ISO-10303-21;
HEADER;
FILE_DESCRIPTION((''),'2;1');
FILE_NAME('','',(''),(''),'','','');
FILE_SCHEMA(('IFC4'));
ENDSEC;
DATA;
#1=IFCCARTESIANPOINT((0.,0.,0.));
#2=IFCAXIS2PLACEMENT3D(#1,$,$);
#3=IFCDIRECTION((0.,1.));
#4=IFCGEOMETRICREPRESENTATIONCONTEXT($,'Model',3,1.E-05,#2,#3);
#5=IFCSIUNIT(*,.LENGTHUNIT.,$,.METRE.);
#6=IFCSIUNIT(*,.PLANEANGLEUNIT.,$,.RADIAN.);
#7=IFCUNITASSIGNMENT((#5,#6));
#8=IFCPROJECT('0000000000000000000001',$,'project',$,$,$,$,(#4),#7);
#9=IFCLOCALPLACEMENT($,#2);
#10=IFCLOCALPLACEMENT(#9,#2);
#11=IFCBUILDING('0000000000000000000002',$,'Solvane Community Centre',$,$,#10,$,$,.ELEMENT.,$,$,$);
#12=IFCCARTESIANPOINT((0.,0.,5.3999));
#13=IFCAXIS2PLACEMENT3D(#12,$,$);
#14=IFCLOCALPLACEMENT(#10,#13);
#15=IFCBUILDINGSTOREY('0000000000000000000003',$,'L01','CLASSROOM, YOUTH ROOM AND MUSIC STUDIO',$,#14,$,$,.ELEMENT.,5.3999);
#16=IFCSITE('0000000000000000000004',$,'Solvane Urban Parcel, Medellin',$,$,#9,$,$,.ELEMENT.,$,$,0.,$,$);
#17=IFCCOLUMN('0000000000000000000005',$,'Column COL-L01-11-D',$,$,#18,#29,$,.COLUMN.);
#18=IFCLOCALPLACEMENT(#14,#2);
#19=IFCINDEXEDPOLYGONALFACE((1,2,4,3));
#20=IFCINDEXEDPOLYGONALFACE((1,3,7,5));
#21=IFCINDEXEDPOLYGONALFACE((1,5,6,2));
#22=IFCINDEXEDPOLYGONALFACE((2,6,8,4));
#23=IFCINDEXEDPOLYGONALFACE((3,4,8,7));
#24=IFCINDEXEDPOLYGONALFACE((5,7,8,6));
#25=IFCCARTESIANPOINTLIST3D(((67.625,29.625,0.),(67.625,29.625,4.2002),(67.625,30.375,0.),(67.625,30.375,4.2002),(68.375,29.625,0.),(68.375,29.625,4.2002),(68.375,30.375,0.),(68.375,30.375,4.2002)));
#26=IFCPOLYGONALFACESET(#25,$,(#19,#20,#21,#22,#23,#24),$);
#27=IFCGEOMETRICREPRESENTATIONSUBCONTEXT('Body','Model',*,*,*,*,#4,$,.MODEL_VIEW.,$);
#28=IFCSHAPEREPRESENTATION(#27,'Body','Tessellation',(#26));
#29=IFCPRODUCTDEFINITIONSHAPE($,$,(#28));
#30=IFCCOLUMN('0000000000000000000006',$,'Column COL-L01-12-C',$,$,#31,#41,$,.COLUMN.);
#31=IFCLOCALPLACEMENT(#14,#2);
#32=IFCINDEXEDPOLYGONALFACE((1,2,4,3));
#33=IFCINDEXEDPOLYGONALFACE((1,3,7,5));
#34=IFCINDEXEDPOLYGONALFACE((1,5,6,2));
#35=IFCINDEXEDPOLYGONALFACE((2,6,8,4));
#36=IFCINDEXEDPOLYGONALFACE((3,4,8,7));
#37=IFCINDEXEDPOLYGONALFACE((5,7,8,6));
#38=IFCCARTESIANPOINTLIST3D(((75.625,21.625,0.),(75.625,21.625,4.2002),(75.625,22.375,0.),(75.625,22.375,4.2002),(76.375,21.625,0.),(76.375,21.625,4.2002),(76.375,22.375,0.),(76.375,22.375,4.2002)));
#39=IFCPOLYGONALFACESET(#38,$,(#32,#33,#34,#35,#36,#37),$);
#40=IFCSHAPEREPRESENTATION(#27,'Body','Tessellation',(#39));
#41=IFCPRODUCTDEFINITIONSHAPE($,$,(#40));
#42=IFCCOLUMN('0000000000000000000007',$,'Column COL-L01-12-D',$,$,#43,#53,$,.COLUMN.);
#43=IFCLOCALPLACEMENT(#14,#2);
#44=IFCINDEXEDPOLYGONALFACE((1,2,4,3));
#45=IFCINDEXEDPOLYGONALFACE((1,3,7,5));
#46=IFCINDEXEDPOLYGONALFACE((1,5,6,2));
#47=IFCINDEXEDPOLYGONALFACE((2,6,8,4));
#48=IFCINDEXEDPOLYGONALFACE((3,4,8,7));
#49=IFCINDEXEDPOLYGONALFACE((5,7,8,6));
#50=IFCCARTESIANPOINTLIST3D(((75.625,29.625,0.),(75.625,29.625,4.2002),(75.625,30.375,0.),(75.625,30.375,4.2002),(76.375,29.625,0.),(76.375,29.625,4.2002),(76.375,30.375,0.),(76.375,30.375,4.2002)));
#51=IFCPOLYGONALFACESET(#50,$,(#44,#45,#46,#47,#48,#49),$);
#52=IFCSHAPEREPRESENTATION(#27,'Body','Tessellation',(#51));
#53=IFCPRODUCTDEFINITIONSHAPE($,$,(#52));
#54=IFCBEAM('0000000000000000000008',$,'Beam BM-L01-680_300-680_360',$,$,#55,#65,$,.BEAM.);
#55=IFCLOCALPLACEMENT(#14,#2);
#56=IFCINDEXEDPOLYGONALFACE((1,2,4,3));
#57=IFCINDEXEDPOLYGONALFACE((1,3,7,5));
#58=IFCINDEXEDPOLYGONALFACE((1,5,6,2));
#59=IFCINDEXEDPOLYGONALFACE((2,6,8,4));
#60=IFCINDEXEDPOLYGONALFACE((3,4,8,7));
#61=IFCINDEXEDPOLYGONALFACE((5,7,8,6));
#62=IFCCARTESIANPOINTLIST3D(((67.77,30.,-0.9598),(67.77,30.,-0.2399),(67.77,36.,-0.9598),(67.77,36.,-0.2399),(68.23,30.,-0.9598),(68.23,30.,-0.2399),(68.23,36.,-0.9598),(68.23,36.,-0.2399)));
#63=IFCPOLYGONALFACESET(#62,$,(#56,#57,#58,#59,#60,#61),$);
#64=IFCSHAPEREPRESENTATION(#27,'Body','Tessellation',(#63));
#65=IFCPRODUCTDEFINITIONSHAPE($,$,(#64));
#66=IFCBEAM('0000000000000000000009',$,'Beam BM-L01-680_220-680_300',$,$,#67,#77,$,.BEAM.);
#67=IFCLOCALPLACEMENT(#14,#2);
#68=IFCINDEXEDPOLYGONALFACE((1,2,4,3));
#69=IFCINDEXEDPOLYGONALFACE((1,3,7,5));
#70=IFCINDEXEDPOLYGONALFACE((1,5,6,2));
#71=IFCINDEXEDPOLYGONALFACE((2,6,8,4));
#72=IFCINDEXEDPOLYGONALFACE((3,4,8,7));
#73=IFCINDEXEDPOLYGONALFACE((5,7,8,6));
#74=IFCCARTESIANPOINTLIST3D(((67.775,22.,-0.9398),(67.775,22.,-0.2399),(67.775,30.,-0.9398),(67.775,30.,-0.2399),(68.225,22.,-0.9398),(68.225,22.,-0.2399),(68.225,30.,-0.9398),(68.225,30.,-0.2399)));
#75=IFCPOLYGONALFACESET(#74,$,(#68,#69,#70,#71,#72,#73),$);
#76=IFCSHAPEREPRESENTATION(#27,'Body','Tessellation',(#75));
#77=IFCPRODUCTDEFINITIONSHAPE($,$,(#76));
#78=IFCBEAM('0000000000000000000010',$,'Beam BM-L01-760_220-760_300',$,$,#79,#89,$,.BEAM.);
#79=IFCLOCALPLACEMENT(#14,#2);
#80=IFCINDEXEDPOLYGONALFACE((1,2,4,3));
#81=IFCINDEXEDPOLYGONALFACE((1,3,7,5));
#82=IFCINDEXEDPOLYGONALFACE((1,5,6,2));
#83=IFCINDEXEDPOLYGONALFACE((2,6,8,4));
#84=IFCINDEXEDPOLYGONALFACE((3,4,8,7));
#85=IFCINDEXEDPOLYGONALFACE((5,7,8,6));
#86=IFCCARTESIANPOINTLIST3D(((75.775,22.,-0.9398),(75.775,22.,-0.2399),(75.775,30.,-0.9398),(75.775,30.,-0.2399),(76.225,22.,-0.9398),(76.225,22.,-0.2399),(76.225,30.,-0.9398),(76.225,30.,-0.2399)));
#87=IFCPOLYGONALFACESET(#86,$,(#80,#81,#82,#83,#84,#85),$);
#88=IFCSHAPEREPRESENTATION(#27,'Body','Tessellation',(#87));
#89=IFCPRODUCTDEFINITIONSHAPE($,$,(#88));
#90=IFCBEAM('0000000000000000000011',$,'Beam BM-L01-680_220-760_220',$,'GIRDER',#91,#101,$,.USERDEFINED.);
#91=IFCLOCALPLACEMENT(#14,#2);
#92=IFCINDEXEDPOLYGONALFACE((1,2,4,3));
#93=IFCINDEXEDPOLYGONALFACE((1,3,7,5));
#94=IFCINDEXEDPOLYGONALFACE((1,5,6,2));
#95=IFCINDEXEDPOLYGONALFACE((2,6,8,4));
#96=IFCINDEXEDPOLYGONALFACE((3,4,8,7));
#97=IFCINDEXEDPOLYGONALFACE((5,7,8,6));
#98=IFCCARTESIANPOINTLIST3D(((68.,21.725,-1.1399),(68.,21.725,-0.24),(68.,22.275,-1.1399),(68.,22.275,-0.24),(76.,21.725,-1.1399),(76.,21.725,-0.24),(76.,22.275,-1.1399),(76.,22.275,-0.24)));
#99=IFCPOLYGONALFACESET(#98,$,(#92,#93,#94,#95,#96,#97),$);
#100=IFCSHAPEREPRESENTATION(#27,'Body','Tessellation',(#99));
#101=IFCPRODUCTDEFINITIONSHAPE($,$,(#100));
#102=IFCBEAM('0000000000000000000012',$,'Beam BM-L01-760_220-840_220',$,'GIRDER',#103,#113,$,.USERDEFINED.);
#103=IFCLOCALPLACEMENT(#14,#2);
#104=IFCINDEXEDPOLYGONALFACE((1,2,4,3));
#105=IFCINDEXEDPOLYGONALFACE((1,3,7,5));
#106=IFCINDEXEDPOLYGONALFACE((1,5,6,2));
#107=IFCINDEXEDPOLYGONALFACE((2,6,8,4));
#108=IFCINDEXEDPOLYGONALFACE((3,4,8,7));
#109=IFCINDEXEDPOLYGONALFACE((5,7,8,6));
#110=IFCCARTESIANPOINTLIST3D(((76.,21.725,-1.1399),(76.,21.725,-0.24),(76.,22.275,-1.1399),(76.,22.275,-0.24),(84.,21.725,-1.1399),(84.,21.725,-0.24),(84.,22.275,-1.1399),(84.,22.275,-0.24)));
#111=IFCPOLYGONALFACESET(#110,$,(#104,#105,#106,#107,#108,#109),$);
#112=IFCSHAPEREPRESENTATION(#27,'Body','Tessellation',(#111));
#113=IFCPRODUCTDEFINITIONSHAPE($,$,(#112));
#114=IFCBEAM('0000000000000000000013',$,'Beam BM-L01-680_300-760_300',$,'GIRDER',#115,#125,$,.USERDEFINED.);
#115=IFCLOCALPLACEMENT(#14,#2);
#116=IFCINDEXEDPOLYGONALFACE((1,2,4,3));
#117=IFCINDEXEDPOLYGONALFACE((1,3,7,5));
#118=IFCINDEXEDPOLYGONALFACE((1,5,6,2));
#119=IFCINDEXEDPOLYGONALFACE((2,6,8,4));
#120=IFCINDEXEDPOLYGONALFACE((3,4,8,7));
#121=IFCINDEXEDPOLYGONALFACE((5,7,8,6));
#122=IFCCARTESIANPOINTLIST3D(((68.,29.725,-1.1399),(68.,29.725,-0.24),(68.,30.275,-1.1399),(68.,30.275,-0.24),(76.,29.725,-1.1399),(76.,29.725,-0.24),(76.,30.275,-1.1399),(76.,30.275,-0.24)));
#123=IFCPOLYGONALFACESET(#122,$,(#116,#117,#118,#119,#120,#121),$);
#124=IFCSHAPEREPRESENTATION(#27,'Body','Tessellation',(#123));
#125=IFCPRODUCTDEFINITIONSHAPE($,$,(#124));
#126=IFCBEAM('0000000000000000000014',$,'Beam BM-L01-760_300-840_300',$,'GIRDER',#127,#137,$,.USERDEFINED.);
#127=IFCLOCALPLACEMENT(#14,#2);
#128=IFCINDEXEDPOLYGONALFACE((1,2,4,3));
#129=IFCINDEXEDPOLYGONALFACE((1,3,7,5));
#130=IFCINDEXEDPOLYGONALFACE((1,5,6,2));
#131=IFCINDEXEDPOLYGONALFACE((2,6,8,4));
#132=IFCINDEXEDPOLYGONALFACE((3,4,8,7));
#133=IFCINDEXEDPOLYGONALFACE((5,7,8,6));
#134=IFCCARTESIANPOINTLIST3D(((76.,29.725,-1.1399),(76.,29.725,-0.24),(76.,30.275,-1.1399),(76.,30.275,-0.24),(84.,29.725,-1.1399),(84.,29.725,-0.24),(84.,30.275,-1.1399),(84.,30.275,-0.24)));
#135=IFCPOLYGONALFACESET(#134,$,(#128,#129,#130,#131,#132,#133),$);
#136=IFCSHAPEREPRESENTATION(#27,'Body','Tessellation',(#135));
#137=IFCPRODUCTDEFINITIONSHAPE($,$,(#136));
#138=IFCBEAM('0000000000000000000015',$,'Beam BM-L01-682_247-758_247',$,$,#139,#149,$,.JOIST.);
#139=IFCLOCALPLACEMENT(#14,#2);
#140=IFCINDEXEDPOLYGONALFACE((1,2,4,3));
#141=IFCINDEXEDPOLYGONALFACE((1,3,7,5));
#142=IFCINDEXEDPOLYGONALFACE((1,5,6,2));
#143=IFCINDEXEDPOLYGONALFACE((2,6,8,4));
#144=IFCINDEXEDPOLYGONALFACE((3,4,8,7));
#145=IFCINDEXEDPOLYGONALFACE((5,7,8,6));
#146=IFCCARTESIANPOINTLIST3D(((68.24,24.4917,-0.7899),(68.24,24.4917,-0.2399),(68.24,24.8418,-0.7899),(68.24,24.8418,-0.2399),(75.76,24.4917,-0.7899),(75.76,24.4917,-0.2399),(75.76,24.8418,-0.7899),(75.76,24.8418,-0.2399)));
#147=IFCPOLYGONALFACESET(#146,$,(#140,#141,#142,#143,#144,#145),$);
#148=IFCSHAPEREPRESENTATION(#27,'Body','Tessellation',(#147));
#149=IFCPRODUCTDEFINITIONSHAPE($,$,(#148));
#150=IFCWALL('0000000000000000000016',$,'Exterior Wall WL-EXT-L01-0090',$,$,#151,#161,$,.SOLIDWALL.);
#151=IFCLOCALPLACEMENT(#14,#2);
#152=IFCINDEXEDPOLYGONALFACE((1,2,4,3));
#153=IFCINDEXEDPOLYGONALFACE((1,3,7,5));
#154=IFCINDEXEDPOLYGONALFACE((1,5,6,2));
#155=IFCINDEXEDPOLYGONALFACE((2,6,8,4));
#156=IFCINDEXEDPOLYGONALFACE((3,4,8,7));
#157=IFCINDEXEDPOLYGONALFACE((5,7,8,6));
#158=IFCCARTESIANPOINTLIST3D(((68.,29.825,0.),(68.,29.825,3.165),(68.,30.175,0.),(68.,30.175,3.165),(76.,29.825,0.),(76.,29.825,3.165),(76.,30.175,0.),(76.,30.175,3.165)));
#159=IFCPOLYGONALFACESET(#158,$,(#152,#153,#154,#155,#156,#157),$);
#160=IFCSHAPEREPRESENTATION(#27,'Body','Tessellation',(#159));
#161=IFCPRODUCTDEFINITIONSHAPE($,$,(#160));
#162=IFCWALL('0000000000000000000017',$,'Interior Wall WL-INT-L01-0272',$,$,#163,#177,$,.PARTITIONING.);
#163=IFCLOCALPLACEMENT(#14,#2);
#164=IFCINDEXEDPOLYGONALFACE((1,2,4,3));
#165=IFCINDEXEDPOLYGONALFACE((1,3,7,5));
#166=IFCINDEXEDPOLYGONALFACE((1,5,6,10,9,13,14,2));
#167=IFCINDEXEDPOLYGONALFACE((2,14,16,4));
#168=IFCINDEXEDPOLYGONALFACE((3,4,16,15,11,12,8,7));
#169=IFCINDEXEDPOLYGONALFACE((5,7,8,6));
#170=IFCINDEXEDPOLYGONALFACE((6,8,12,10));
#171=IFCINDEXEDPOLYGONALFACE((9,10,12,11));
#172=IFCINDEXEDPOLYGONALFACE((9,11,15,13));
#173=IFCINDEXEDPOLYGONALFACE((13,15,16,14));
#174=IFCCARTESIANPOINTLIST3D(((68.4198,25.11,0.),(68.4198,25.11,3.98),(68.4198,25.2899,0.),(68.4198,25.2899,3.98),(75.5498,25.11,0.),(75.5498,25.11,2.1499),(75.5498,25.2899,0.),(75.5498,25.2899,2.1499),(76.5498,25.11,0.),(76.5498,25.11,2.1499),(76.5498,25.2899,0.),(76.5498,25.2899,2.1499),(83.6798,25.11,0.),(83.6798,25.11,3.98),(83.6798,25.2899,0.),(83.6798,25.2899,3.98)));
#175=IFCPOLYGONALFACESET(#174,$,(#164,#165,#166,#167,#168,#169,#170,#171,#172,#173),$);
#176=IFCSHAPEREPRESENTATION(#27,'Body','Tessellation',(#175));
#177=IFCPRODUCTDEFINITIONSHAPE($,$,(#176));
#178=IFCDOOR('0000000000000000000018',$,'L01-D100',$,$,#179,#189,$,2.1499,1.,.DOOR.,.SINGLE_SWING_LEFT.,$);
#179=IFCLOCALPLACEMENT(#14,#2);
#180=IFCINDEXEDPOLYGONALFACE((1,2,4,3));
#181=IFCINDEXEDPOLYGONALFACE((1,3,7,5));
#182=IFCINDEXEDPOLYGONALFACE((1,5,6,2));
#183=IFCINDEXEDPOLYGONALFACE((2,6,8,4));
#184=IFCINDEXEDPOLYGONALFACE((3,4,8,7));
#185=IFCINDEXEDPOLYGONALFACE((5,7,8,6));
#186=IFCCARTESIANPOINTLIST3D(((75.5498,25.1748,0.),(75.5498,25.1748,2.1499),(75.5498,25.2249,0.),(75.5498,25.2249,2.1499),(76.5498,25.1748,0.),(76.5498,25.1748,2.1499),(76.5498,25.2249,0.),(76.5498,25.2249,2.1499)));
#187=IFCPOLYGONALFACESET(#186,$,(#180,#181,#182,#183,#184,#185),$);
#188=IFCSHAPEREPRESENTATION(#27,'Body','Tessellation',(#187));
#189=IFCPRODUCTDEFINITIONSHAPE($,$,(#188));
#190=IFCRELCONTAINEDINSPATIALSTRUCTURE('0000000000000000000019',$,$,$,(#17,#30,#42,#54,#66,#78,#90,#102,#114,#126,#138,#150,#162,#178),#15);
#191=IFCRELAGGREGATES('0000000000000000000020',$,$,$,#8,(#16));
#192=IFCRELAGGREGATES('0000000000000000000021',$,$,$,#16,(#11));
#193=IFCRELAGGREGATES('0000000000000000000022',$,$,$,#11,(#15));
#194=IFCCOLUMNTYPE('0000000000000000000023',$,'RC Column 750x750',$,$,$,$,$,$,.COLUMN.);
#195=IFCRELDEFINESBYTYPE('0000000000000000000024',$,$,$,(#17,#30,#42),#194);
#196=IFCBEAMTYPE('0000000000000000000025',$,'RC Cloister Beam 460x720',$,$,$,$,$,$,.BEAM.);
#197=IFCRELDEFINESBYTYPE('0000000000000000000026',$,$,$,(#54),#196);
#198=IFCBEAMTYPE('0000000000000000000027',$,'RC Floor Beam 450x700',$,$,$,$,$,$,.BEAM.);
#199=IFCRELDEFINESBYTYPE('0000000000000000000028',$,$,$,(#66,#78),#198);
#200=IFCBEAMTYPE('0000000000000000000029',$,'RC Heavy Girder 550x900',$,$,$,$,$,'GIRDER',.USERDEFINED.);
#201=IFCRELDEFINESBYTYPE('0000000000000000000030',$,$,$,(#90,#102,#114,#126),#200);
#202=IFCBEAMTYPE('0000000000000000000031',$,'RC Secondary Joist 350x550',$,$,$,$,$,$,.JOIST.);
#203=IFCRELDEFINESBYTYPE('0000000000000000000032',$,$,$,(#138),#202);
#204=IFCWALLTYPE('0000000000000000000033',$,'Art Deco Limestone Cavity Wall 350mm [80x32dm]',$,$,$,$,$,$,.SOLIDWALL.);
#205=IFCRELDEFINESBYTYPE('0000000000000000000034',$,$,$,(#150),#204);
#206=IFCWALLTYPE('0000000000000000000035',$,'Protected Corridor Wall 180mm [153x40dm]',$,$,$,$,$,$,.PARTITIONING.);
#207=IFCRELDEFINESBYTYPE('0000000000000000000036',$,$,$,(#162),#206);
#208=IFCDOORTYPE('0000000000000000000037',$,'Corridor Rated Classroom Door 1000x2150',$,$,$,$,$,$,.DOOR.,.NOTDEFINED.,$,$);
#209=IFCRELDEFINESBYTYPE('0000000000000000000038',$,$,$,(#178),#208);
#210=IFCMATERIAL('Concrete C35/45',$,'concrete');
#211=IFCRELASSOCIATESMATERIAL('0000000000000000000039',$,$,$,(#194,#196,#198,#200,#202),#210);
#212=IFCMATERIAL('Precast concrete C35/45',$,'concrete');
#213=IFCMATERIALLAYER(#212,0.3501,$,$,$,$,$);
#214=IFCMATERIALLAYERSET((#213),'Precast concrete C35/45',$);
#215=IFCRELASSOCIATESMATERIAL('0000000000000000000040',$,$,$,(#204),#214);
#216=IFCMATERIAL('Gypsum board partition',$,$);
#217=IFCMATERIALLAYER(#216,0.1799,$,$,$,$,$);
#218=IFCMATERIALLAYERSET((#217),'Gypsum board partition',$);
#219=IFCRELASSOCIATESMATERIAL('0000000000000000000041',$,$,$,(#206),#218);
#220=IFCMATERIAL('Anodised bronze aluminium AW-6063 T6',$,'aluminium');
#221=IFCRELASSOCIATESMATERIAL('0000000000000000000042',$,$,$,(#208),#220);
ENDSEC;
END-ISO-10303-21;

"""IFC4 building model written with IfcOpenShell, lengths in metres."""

from ifc_helpers import new_model, si_unit, direction, frame, frame_2d, origin, origin_2d, place, context, subcontext, project, spatial, rectangle, extrude, material, layer, layer_set, material_profile, profile_set, type_object, element, fill, save


model = new_model("IFC4")

# Units and contexts
model_context = context("Model", 3, precision=1e-05, world=origin(), true_north=direction((0.0, 1.0)))
body_context = subcontext(model_context, "Body", "Model", "MODEL_VIEW")
ifc_project = project(units=[si_unit("LENGTHUNIT", "METRE"), si_unit("PLANEANGLEUNIT", "RADIAN")], contexts=[model_context])

# Site, building, storey
site_placement = place(None, origin())
site = spatial("IfcSite", under=ifc_project, at=site_placement, Name="Solvane Urban Parcel, Medellin", CompositionType="ELEMENT", RefElevation=0.0)
building_placement = place(site_placement, origin())
building = spatial("IfcBuilding", under=site, at=building_placement, Name="Solvane Community Centre", CompositionType="ELEMENT")
storey_placement = place(building_placement, frame((0.0, 0.0, 5.3999)))
storey = spatial("IfcBuildingStorey", under=building, at=storey_placement, Name="L01", Description="CLASSROOM, YOUTH ROOM AND MUSIC STUDIO", CompositionType="ELEMENT", Elevation=5.3999)

# Columns
ifc_material_1 = material(Name="Concrete C35/45", Category="concrete")
ifc_material_profile_1 = material_profile(ifc_material_1, rectangle(XDim=0.75, YDim=0.75, at=origin_2d()), Name="RC 750x750")
ifc_profile_set_1 = profile_set([ifc_material_profile_1], Name="Concrete C35/45")
column_type = type_object("IfcColumnType", Name="RC Column 750x750", PredefinedType="COLUMN", material=ifc_profile_set_1)
for number, where, z_axis, x_axis, name in (
    (1, (68.0, 30.0, 0.0), (0.0, 0.0, 1.0), (1.0, 0.0, 0.0), "Column COL-L01-11-D"),
    (2, (76.0, 22.0, 0.0), (0.0, 0.0, 1.0), (1.0, 0.0, 0.0), "Column COL-L01-12-C"),
    (3, (76.0, 30.0, 0.0), (0.0, 0.0, 1.0), (1.0, 0.0, 0.0), "Column COL-L01-12-D"),
):
    element("IfcColumn", number, at=place(storey_placement, frame(where, z_axis=z_axis, x_axis=x_axis)), inside=storey, type_object=column_type, Name=name, PredefinedType="COLUMN", context=body_context, shape_type="SweptSolid", body=[
        extrude(rectangle(XDim=0.75, YDim=0.75, at=origin_2d()), origin(), (0.0, 0.0, 1.0), 4.2002),
    ])

# Beams
ifc_material_profile_2 = material_profile(ifc_material_1, rectangle(XDim=0.46, YDim=0.72, at=origin_2d()), Name="RC 460x720")
ifc_profile_set_2 = profile_set([ifc_material_profile_2], Name="Concrete C35/45")
beam_type_1 = type_object("IfcBeamType", Name="RC Cloister Beam 460x720", PredefinedType="BEAM", material=ifc_profile_set_2)
beam_1_placement = place(storey_placement, frame((68.0, 30.0, -0.5999), z_axis=(0.0, 1.0, 0.0), x_axis=(-1.0, 0.0, 0.0)))
element("IfcBeam", 4, at=beam_1_placement, inside=storey, type_object=beam_type_1, Name="Beam BM-L01-680_300-680_360", PredefinedType="BEAM", context=body_context, shape_type="SweptSolid", body=[
    extrude(rectangle(XDim=0.46, YDim=0.72, at=origin_2d()), origin(), (0.0, 0.0, 1.0), 6.0),
])
ifc_material_profile_3 = material_profile(ifc_material_1, rectangle(XDim=0.45, YDim=0.7, at=origin_2d()), Name="RC 450x700")
ifc_profile_set_3 = profile_set([ifc_material_profile_3], Name="Concrete C35/45")
beam_type_2 = type_object("IfcBeamType", Name="RC Floor Beam 450x700", PredefinedType="BEAM", material=ifc_profile_set_3)
for number, where, z_axis, x_axis, name in (
    (5, (68.0, 22.0, -0.5898), (0.0, 1.0, 0.0), (-1.0, 0.0, 0.0), "Beam BM-L01-680_220-680_300"),
    (6, (76.0, 22.0, -0.5898), (0.0, 1.0, 0.0), (-1.0, 0.0, 0.0), "Beam BM-L01-760_220-760_300"),
):
    element("IfcBeam", number, at=place(storey_placement, frame(where, z_axis=z_axis, x_axis=x_axis)), inside=storey, type_object=beam_type_2, Name=name, PredefinedType="BEAM", context=body_context, shape_type="SweptSolid", body=[
        extrude(rectangle(XDim=0.45, YDim=0.7, at=origin_2d()), origin(), (0.0, 0.0, 1.0), 8.0),
    ])
ifc_material_profile_4 = material_profile(ifc_material_1, rectangle(XDim=0.55, YDim=0.8999, at=origin_2d()), Name="RC 550x900")
ifc_profile_set_4 = profile_set([ifc_material_profile_4], Name="Concrete C35/45")
beam_type_3 = type_object("IfcBeamType", Name="RC Heavy Girder 550x900", ElementType="GIRDER", PredefinedType="USERDEFINED", material=ifc_profile_set_4)
for number, where, z_axis, x_axis, name in (
    (7, (68.0, 22.0, -0.6899), (1.0, 0.0, 0.0), (0.0, 1.0, 0.0), "Beam BM-L01-680_220-760_220"),
    (8, (76.0, 22.0, -0.6899), (1.0, 0.0, 0.0), (0.0, 1.0, 0.0), "Beam BM-L01-760_220-840_220"),
    (9, (68.0, 30.0, -0.6899), (1.0, 0.0, 0.0), (0.0, 1.0, 0.0), "Beam BM-L01-680_300-760_300"),
    (10, (76.0, 30.0, -0.6899), (1.0, 0.0, 0.0), (0.0, 1.0, 0.0), "Beam BM-L01-760_300-840_300"),
):
    element("IfcBeam", number, at=place(storey_placement, frame(where, z_axis=z_axis, x_axis=x_axis)), inside=storey, type_object=beam_type_3, Name=name, ObjectType="GIRDER", PredefinedType="USERDEFINED", context=body_context, shape_type="SweptSolid", body=[
        extrude(rectangle(XDim=0.55, YDim=0.8999, at=origin_2d()), origin(), (0.0, 0.0, 1.0), 8.0),
    ])
ifc_material_profile_5 = material_profile(ifc_material_1, rectangle(XDim=0.3501, YDim=0.55, at=origin_2d()), Name="RC 350x550")
ifc_profile_set_5 = profile_set([ifc_material_profile_5], Name="Concrete C35/45")
beam_type_4 = type_object("IfcBeamType", Name="RC Secondary Joist 350x550", PredefinedType="JOIST", material=ifc_profile_set_5)
beam_2_placement = place(storey_placement, frame((68.24, 24.6667, -0.5149), z_axis=(1.0, 0.0, 0.0), x_axis=(0.0, 1.0, 0.0)))
element("IfcBeam", 11, at=beam_2_placement, inside=storey, type_object=beam_type_4, Name="Beam BM-L01-682_247-758_247", PredefinedType="JOIST", context=body_context, shape_type="SweptSolid", body=[
    extrude(rectangle(XDim=0.3501, YDim=0.55, at=origin_2d()), origin(), (0.0, 0.0, 1.0), 7.52),
])

# Wall
ifc_material_2 = material(Name="Precast concrete C35/45", Category="concrete")
ifc_layer_1 = layer(ifc_material_2, 0.3501)
ifc_layer_set_1 = layer_set([ifc_layer_1], Name="Precast concrete C35/45")
wall_type_1 = type_object("IfcWallType", Name="Art Deco Limestone Cavity Wall 350mm [80x32dm]", PredefinedType="SOLIDWALL", material=ifc_layer_set_1)
wall_1_placement = place(storey_placement, frame((68.0, 30.0, 0.0), z_axis=(0.0, 0.0, 1.0), x_axis=(1.0, 0.0, 0.0)))
element("IfcWall", 12, at=wall_1_placement, inside=storey, type_object=wall_type_1, Name="Exterior Wall WL-EXT-L01-0090", PredefinedType="SOLIDWALL", context=body_context, shape_type="SweptSolid", body=[
    extrude(rectangle(XDim=8.0, YDim=0.3501, at=frame_2d((4.0, 0.0))), origin(), (0.0, 0.0, 1.0), 3.165),
])

# Wall, opening, door
ifc_material_3 = material(Name="Gypsum board partition")
ifc_layer_2 = layer(ifc_material_3, 0.1799)
ifc_layer_set_2 = layer_set([ifc_layer_2], Name="Gypsum board partition")
wall_type_2 = type_object("IfcWallType", Name="Protected Corridor Wall 180mm [153x40dm]", PredefinedType="PARTITIONING", material=ifc_layer_set_2)
wall_2_placement = place(storey_placement, frame((68.4199, 25.2, 0.0), z_axis=(0.0, 0.0, 1.0), x_axis=(1.0, 0.0, 0.0)))
wall_2 = element("IfcWall", 13, at=wall_2_placement, inside=storey, type_object=wall_type_2, Name="Interior Wall WL-INT-L01-0272", PredefinedType="PARTITIONING", context=body_context, shape_type="SweptSolid", body=[
    extrude(rectangle(XDim=15.26, YDim=0.1799, at=frame_2d((7.6299, 0.0))), origin(), (0.0, 0.0, 1.0), 3.98),
])
opening_1_placement = place(wall_2_placement, frame((7.1299, 0.0, 0.0)))
opening_1 = element("IfcOpeningElement", 14, at=opening_1_placement, cuts=wall_2, PredefinedType="OPENING", context=body_context, shape_type="SweptSolid", body=[
    extrude(rectangle(XDim=1.0, YDim=2.1499, at=frame_2d((0.5, 1.075))), frame((0.0, 0.0999, 0.0), z_axis=(0.0, -1.0, 0.0), x_axis=(1.0, 0.0, 0.0)), (0.0, 0.0, 1.0), 0.2),
])
ifc_material_4 = material(Name="Anodised bronze aluminium AW-6063 T6", Category="aluminium")
door_type_1 = type_object("IfcDoorType", Name="Corridor Rated Classroom Door 1000x2150", OperationType="NOTDEFINED", PredefinedType="DOOR", material=ifc_material_4)
door_1_placement = place(opening_1_placement, origin())
door_1 = element("IfcDoor", 15, at=door_1_placement, inside=storey, type_object=door_type_1, Name="L01-D100", OperationType="SINGLE_SWING_LEFT", OverallHeight=2.1499, OverallWidth=1.0, PredefinedType="DOOR", context=body_context, shape_type="SweptSolid", body=[
    extrude(rectangle(XDim=1.0, YDim=2.1499, at=frame_2d((0.5, 1.075))), frame((0.0, 0.0249, 0.0), z_axis=(0.0, -1.0, 0.0), x_axis=(1.0, 0.0, 0.0)), (0.0, 0.0, 1.0), 0.05),
])
fill(opening_1, door_1)

save(model, "model.ifc")
